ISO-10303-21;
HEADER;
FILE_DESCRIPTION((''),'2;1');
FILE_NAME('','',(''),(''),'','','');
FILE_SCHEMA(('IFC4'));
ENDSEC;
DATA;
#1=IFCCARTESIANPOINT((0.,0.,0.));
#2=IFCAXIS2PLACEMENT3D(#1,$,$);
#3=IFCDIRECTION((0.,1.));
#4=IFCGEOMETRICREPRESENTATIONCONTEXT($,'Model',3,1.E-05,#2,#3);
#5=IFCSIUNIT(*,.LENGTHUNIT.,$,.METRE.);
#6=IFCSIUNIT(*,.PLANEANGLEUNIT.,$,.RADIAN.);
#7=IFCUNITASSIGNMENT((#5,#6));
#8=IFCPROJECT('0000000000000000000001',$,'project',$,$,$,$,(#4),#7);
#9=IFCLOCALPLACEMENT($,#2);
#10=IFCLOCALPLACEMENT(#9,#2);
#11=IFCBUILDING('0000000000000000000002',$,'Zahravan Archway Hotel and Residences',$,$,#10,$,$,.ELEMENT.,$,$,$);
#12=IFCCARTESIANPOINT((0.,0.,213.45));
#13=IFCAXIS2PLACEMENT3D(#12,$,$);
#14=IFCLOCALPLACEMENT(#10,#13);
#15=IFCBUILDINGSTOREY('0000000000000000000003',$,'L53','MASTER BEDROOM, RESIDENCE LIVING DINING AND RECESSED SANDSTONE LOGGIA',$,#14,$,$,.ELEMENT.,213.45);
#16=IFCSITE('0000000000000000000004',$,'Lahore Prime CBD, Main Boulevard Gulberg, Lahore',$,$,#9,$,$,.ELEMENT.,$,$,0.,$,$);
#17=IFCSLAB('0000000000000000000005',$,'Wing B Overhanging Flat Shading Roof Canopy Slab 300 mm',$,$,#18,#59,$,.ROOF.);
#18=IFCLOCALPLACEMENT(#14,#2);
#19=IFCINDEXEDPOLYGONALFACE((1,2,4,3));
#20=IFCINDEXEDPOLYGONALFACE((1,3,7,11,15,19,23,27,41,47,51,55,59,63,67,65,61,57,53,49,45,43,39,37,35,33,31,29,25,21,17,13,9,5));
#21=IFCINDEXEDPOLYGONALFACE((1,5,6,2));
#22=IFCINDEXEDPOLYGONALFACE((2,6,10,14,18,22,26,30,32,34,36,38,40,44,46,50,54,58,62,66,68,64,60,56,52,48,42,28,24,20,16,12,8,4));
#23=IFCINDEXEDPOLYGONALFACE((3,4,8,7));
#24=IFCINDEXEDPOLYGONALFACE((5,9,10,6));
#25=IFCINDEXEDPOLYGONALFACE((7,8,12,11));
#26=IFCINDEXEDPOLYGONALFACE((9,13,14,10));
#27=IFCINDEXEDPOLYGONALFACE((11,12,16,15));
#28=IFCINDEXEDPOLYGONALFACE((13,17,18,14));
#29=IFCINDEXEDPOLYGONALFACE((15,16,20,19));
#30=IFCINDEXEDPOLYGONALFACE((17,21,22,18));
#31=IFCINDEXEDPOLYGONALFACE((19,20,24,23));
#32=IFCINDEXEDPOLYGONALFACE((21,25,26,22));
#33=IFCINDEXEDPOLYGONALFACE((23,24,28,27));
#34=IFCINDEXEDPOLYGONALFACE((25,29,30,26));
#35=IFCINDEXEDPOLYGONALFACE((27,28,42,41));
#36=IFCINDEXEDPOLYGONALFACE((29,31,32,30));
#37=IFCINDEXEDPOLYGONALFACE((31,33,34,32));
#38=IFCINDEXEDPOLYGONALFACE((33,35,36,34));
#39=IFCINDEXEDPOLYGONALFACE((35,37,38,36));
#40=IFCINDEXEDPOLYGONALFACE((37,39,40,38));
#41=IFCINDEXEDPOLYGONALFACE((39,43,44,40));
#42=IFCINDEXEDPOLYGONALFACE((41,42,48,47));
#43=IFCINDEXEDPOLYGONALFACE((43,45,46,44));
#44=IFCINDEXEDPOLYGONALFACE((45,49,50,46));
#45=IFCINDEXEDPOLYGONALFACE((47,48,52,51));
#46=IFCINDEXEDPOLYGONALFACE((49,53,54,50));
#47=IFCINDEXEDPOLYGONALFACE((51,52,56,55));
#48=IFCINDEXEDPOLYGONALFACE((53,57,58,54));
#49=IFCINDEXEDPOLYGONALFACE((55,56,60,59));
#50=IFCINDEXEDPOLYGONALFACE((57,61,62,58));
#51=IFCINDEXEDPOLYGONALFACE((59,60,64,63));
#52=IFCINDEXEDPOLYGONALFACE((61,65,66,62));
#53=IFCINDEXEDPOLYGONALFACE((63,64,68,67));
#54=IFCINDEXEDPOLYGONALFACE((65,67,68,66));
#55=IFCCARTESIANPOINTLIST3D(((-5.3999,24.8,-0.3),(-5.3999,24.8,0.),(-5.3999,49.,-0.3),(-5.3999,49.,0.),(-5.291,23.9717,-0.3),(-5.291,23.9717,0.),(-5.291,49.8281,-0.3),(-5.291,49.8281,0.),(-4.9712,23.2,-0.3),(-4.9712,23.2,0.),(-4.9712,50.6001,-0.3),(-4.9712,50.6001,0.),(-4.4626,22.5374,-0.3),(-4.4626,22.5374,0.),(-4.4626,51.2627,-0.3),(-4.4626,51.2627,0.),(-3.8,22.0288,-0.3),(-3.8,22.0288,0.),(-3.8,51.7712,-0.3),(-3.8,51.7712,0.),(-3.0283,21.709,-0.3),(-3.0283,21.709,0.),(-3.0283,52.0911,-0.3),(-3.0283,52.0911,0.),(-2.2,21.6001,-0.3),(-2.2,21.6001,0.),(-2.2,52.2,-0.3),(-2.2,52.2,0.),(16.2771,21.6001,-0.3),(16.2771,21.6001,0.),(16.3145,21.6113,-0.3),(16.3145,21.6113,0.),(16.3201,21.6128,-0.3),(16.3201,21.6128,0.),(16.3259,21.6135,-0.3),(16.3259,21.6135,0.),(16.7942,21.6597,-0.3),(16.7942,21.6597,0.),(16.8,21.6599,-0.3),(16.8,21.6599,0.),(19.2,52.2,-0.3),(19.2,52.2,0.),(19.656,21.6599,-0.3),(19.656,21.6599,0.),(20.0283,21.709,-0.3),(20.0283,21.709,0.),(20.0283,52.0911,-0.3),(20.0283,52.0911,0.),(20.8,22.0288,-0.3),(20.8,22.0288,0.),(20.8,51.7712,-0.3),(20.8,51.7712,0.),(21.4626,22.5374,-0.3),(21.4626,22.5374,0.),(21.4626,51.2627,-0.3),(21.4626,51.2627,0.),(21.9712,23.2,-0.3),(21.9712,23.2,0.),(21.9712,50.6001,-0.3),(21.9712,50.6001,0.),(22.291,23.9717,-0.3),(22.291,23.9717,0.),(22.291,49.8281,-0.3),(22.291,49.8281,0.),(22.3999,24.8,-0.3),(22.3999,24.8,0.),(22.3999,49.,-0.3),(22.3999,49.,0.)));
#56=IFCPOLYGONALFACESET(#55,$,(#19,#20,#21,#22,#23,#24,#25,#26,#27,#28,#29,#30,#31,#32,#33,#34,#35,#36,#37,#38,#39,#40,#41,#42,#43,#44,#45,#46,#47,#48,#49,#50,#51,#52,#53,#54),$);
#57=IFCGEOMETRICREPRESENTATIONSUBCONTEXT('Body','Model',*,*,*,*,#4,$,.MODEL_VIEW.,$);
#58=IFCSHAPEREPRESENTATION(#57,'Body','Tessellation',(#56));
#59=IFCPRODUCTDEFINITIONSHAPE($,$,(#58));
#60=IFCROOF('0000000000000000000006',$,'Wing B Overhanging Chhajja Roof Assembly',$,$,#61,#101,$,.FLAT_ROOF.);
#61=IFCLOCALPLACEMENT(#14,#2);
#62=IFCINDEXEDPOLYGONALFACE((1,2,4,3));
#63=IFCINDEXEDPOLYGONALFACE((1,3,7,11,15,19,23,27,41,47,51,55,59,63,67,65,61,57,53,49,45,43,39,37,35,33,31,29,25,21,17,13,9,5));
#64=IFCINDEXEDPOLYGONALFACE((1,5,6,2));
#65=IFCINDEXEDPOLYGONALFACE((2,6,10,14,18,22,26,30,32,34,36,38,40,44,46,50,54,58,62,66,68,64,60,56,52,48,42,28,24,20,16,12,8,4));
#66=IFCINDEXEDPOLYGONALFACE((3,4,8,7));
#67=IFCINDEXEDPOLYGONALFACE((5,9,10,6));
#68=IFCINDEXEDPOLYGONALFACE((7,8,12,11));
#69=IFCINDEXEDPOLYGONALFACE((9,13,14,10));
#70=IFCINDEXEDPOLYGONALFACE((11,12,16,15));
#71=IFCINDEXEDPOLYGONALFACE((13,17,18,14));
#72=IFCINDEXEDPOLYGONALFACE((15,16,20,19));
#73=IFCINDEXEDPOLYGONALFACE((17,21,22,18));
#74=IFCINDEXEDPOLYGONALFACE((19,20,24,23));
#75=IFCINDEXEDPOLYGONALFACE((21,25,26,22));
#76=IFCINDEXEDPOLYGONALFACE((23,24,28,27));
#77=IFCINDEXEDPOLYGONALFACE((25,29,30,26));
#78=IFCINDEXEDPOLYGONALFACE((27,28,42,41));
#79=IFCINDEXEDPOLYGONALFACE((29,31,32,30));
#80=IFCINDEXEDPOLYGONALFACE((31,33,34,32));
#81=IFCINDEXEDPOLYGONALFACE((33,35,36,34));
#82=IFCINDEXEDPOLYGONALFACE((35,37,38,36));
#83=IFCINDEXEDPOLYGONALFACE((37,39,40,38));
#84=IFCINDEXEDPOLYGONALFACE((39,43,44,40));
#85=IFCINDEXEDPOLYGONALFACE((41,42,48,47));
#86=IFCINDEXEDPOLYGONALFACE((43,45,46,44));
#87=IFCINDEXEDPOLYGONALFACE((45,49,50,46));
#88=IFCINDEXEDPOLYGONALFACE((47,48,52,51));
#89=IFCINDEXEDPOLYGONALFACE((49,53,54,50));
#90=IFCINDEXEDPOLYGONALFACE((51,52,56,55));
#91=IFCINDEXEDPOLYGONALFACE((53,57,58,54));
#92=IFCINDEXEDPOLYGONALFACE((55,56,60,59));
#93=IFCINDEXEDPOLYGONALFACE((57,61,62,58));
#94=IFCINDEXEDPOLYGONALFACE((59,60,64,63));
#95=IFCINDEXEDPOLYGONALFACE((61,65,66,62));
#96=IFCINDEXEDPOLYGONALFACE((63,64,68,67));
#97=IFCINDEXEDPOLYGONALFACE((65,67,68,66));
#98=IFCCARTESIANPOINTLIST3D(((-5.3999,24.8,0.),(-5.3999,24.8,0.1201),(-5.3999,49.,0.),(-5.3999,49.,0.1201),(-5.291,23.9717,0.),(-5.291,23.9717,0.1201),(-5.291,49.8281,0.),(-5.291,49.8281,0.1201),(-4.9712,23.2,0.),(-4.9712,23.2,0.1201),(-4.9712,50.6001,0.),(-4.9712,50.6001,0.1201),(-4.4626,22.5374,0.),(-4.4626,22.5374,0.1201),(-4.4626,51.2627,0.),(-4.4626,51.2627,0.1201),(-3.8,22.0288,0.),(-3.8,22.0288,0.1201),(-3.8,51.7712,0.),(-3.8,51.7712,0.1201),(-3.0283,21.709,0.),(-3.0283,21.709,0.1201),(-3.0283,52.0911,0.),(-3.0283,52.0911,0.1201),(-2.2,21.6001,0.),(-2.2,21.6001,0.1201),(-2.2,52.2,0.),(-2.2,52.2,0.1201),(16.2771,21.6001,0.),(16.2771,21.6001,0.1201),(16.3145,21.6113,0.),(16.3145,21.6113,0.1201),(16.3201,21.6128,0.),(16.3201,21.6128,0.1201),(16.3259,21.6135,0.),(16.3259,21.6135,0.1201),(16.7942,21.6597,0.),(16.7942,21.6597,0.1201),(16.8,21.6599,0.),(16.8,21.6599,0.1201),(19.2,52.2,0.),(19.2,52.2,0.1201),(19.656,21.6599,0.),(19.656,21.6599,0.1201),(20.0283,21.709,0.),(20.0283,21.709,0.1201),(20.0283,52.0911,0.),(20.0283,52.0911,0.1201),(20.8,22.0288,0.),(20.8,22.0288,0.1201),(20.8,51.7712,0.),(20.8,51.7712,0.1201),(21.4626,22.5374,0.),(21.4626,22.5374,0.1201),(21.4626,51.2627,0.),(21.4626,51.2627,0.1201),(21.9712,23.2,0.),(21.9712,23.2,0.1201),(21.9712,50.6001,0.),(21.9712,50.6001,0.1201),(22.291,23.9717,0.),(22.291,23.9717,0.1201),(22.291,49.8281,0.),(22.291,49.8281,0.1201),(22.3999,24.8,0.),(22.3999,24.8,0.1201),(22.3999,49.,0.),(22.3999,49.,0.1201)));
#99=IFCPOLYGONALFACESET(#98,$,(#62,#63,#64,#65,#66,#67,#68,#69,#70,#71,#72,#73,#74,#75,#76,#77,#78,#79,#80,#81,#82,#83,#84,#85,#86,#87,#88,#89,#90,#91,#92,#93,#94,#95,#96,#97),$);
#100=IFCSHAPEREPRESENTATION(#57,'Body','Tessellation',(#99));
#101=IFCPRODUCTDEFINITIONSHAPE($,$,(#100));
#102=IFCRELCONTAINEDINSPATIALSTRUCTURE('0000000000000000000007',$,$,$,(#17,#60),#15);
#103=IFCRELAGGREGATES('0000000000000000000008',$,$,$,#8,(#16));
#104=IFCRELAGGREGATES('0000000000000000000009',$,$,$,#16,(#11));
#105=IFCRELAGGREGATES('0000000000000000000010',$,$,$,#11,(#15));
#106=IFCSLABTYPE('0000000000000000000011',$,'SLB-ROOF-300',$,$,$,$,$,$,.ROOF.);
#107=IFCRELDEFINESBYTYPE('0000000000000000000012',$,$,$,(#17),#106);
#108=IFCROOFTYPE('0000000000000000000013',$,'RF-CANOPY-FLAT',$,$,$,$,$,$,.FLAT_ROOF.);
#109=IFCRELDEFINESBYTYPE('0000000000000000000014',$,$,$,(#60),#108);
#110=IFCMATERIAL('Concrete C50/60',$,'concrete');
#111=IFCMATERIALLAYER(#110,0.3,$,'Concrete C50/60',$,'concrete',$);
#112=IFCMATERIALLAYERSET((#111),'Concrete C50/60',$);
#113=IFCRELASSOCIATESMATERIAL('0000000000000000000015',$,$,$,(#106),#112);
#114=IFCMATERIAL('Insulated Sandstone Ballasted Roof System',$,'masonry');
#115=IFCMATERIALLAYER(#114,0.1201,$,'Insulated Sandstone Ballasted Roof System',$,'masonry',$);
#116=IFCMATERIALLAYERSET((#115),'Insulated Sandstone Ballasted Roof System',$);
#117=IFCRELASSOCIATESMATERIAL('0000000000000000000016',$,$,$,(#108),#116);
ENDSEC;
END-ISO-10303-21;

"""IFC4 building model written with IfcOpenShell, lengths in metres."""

from ifc_helpers import new_model, si_unit, direction, frame, origin, place, context, subcontext, project, spatial, polyline, outline, extrude, material, layer, layer_set, type_object, element, save


model = new_model("IFC4")

# Units and contexts
model_context = context("Model", 3, precision=1e-05, world=origin(), true_north=direction((0.0, 1.0)))
body_context = subcontext(model_context, "Body", "Model", "MODEL_VIEW")
ifc_project = project(units=[si_unit("LENGTHUNIT", "METRE"), si_unit("PLANEANGLEUNIT", "RADIAN")], contexts=[model_context])

# Site, building, storey
site_placement = place(None, origin())
site = spatial("IfcSite", under=ifc_project, at=site_placement, Name="Lahore Prime CBD, Main Boulevard Gulberg, Lahore", CompositionType="ELEMENT", RefElevation=0.0)
building_placement = place(site_placement, origin())
building = spatial("IfcBuilding", under=site, at=building_placement, Name="Zahravan Archway Hotel and Residences", CompositionType="ELEMENT")
storey_placement = place(building_placement, frame((0.0, 0.0, 213.45)))
storey = spatial("IfcBuildingStorey", under=building, at=storey_placement, Name="L53", Description="MASTER BEDROOM, RESIDENCE LIVING DINING AND RECESSED SANDSTONE LOGGIA", CompositionType="ELEMENT", Elevation=213.45)

# Shared definitions
ifc_material_1 = material(Name="Concrete C50/60", Category="concrete")

# Slab
ifc_layer_1 = layer(ifc_material_1, 0.3, Name="Concrete C50/60", Category="concrete")
ifc_layer_set_1 = layer_set([ifc_layer_1], Name="Concrete C50/60")
slab_type_1 = type_object("IfcSlabType", Name="SLB-ROOF-300", PredefinedType="ROOF", material=ifc_layer_set_1)
slab_1_placement = place(storey_placement, frame((0.0, 0.0, -0.3)))
element("IfcSlab", 1, at=slab_1_placement, inside=storey, type_object=slab_type_1, Name="Wing B Overhanging Flat Shading Roof Canopy Slab 300 mm", PredefinedType="ROOF", context=body_context, shape_type="SweptSolid", body=[
    extrude(outline(polyline([(-2.2, 21.6001), (-3.0283, 21.709), (-3.8, 22.0288), (-4.4626, 22.5374), (-4.9712, 23.2), (-5.291, 23.9717), (-5.3999, 24.8), (-5.3999, 49.0), (-5.291, 49.8281), (-4.9712, 50.6001), (-4.4626, 51.2627), (-3.8, 51.7712), (-3.0283, 52.0911), (-2.2, 52.2), (19.2, 52.2), (20.0283, 52.0911), (20.8, 51.7712), (21.4626, 51.2627), (21.9712, 50.6001), (22.291, 49.8281), (22.3999, 49.0), (22.3999, 24.8), (22.291, 23.9717), (21.9712, 23.2), (21.4626, 22.5374), (20.8, 22.0288), (20.0283, 21.709), (19.656, 21.6599), (16.8, 21.6599), (16.7942, 21.6597), (16.3259, 21.6135), (16.3201, 21.6128), (16.3145, 21.6113), (16.2771, 21.6001), (-2.2, 21.6001)])), origin(), (0.0, 0.0, 1.0), 0.3),
])

# Roof
ifc_material_2 = material(Name="Insulated Sandstone Ballasted Roof System", Category="masonry")
ifc_layer_2 = layer(ifc_material_2, 0.1201, Name="Insulated Sandstone Ballasted Roof System", Category="masonry")
ifc_layer_set_2 = layer_set([ifc_layer_2], Name="Insulated Sandstone Ballasted Roof System")
roof_type = type_object("IfcRoofType", Name="RF-CANOPY-FLAT", PredefinedType="FLAT_ROOF", material=ifc_layer_set_2)
roof_placement = place(storey_placement, origin())
element("IfcRoof", 2, at=roof_placement, inside=storey, type_object=roof_type, Name="Wing B Overhanging Chhajja Roof Assembly", PredefinedType="FLAT_ROOF", context=body_context, shape_type="SweptSolid", body=[
    extrude(outline(polyline([(-2.2, 21.6001), (-3.0283, 21.709), (-3.8, 22.0288), (-4.4626, 22.5374), (-4.9712, 23.2), (-5.291, 23.9717), (-5.3999, 24.8), (-5.3999, 49.0), (-5.291, 49.8281), (-4.9712, 50.6001), (-4.4626, 51.2627), (-3.8, 51.7712), (-3.0283, 52.0911), (-2.2, 52.2), (19.2, 52.2), (20.0283, 52.0911), (20.8, 51.7712), (21.4626, 51.2627), (21.9712, 50.6001), (22.291, 49.8281), (22.3999, 49.0), (22.3999, 24.8), (22.291, 23.9717), (21.9712, 23.2), (21.4626, 22.5374), (20.8, 22.0288), (20.0283, 21.709), (19.656, 21.6599), (16.8, 21.6599), (16.7942, 21.6597), (16.3259, 21.6135), (16.3201, 21.6128), (16.3145, 21.6113), (16.2771, 21.6001), (-2.2, 21.6001)])), origin(), (0.0, 0.0, 1.0), 0.1201),
])

save(model, "model.ifc")
